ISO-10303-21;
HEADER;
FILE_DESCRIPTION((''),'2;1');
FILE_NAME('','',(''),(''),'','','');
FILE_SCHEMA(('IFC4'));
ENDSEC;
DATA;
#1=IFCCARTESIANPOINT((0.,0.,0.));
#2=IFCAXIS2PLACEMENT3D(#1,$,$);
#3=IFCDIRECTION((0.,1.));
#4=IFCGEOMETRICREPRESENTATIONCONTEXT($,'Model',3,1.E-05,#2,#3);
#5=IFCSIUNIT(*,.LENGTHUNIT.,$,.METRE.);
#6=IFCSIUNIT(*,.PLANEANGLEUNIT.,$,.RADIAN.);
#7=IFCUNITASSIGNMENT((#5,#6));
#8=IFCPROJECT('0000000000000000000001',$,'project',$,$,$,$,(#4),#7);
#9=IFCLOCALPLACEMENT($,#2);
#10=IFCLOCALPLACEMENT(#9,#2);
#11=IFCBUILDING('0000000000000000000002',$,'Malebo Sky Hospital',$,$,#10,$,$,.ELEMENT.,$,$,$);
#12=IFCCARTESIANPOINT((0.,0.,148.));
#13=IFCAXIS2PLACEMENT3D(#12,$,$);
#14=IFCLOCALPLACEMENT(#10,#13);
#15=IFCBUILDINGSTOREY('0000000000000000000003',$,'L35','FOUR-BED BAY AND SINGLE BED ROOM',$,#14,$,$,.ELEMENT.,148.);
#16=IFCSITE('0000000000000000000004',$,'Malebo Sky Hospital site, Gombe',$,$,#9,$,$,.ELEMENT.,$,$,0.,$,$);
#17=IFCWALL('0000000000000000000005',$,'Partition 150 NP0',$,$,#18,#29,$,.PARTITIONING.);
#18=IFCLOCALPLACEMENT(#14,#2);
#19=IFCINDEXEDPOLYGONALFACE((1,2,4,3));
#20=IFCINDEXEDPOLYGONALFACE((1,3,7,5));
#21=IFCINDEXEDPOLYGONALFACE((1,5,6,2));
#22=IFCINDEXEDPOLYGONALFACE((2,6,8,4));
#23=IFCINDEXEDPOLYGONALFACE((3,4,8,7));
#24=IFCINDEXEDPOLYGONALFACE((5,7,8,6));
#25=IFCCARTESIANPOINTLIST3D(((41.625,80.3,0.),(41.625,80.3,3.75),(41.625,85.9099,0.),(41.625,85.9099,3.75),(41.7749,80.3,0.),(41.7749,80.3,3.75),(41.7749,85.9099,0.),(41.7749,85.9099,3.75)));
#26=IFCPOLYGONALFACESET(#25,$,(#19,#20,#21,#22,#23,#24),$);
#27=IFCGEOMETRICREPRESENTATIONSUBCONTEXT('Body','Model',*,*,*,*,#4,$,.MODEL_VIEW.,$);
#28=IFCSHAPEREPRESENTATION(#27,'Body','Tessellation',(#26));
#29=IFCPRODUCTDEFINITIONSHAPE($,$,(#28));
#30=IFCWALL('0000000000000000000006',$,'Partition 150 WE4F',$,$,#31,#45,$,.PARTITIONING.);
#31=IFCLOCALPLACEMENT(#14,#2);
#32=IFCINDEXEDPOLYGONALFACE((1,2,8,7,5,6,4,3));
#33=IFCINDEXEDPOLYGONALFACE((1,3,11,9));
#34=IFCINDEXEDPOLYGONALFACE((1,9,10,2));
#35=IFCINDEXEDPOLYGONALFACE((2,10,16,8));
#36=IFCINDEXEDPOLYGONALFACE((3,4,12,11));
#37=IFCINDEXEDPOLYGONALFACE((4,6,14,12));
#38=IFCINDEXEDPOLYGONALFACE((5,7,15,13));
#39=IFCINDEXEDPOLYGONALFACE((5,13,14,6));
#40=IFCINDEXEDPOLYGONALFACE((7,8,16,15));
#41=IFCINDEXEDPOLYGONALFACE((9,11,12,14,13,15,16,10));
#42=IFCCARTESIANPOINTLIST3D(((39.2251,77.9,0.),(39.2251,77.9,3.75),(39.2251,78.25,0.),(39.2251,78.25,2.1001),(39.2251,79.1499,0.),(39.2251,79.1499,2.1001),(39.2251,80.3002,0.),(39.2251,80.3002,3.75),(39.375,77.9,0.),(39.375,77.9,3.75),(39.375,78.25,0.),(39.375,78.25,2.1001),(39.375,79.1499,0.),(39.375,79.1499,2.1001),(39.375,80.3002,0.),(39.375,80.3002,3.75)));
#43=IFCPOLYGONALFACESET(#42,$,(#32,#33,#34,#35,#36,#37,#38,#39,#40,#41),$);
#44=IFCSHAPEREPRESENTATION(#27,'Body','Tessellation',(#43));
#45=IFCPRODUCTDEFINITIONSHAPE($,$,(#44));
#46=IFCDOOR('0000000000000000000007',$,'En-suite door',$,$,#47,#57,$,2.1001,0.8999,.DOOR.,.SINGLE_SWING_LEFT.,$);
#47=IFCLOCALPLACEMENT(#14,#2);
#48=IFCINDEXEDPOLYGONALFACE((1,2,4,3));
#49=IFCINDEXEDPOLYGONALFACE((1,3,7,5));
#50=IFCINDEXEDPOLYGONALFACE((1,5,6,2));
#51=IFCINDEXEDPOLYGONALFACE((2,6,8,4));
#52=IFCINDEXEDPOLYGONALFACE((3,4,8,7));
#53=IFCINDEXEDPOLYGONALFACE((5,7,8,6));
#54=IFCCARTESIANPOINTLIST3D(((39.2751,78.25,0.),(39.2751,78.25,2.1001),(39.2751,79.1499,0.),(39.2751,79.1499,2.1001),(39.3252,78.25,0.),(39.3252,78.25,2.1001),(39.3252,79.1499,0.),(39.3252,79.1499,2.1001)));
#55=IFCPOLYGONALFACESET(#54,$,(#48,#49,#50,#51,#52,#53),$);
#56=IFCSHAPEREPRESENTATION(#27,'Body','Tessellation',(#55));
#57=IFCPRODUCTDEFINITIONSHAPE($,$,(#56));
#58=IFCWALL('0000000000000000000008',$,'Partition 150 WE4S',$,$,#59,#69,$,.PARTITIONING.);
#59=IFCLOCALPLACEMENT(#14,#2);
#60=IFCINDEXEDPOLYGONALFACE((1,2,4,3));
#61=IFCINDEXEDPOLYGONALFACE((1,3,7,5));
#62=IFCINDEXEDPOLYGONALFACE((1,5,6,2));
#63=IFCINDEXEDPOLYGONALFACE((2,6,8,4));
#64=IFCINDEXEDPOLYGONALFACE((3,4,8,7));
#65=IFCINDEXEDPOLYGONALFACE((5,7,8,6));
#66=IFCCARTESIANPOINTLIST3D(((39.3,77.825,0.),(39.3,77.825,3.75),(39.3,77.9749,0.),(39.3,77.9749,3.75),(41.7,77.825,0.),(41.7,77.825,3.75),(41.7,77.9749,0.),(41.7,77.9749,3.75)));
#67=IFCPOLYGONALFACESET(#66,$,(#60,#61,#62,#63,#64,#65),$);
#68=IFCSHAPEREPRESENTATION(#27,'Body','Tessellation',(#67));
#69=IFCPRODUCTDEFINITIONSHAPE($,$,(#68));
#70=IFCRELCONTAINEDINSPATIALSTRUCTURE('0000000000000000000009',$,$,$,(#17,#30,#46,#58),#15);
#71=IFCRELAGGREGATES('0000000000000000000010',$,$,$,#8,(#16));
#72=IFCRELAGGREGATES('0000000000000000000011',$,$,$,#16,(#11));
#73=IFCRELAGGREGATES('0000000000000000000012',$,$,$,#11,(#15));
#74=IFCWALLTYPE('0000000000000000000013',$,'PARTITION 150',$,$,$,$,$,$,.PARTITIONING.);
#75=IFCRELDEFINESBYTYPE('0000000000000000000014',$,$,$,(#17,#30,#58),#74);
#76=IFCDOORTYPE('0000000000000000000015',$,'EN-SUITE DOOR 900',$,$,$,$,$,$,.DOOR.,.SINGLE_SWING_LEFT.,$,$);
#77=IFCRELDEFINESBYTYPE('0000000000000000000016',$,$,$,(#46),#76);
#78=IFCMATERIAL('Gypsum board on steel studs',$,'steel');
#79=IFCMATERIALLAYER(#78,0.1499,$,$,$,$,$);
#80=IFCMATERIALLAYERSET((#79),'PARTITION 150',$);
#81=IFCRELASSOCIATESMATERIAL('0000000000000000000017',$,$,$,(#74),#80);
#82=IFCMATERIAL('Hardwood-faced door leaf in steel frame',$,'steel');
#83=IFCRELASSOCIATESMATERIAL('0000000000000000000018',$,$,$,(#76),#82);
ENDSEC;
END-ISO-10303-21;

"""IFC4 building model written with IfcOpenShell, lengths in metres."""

from ifc_helpers import new_model, si_unit, direction, frame, frame_2d, origin, place, context, subcontext, project, spatial, rectangle, extrude, material, layer, layer_set, type_object, element, fill, save


model = new_model("IFC4")

# Units and contexts
model_context = context("Model", 3, precision=1e-05, world=origin(), true_north=direction((0.0, 1.0)))
body_context = subcontext(model_context, "Body", "Model", "MODEL_VIEW")
ifc_project = project(units=[si_unit("LENGTHUNIT", "METRE"), si_unit("PLANEANGLEUNIT", "RADIAN")], contexts=[model_context])

# Site, building, storey
site_placement = place(None, origin())
site = spatial("IfcSite", under=ifc_project, at=site_placement, Name="Malebo Sky Hospital site, Gombe", CompositionType="ELEMENT", RefElevation=0.0)
building_placement = place(site_placement, origin())
building = spatial("IfcBuilding", under=site, at=building_placement, Name="Malebo Sky Hospital", CompositionType="ELEMENT")
storey_placement = place(building_placement, frame((0.0, 0.0, 148.0)))
storey = spatial("IfcBuildingStorey", under=building, at=storey_placement, Name="L35", Description="FOUR-BED BAY AND SINGLE BED ROOM", CompositionType="ELEMENT", Elevation=148.0)

# Shared definitions
ifc_material_1 = material(Name="Gypsum board on steel studs", Category="steel")
ifc_material_2 = material(Name="Hardwood-faced door leaf in steel frame", Category="steel")

# Wall
ifc_layer_1 = layer(ifc_material_1, 0.1499)
ifc_layer_set_1 = layer_set([ifc_layer_1], Name="PARTITION 150")
wall_type_1 = type_object("IfcWallType", Name="PARTITION 150", PredefinedType="PARTITIONING", material=ifc_layer_set_1)
wall_1_placement = place(storey_placement, frame((41.7, 80.3, 0.0), z_axis=(0.0, 0.0, 1.0), x_axis=(0.0, 1.0, 0.0)))
element("IfcWall", 1, at=wall_1_placement, inside=storey, type_object=wall_type_1, Name="Partition 150 NP0", PredefinedType="PARTITIONING", context=body_context, shape_type="SweptSolid", body=[
    extrude(rectangle(XDim=5.6099, YDim=0.1499, at=frame_2d((2.8049, 0.0))), origin(), (0.0, 0.0, 1.0), 3.75),
])

# Wall, opening, door
wall_2_placement = place(storey_placement, frame((39.3, 77.8999, 0.0), z_axis=(0.0, 0.0, 1.0), x_axis=(0.0, 1.0, 0.0)))
wall_2 = element("IfcWall", 2, at=wall_2_placement, inside=storey, type_object=wall_type_1, Name="Partition 150 WE4F", PredefinedType="PARTITIONING", context=body_context, shape_type="SweptSolid", body=[
    extrude(rectangle(XDim=2.4001, YDim=0.1499, at=frame_2d((1.2002, 0.0))), origin(), (0.0, 0.0, 1.0), 3.75),
])
opening_1_placement = place(wall_2_placement, frame((0.3501, 0.0, 0.0)))
opening_1 = element("IfcOpeningElement", 3, at=opening_1_placement, cuts=wall_2, PredefinedType="OPENING", context=body_context, shape_type="SweptSolid", body=[
    extrude(rectangle(XDim=0.8999, YDim=2.1001, at=frame_2d((0.45, 1.05))), frame((0.0, 0.085, 0.0), z_axis=(0.0, -1.0, 0.0), x_axis=(1.0, 0.0, 0.0)), (0.0, 0.0, 1.0), 0.1699),
])
door_type_1 = type_object("IfcDoorType", Name="EN-SUITE DOOR 900", OperationType="SINGLE_SWING_LEFT", PredefinedType="DOOR", material=ifc_material_2)
door_1_placement = place(opening_1_placement, origin())
door_1 = element("IfcDoor", 4, at=door_1_placement, inside=storey, type_object=door_type_1, Name="En-suite door", OperationType="SINGLE_SWING_LEFT", OverallHeight=2.1001, OverallWidth=0.8999, PredefinedType="DOOR", context=body_context, shape_type="SweptSolid", body=[
    extrude(rectangle(XDim=0.8999, YDim=2.1001, at=frame_2d((0.45, 1.05))), frame((0.0, 0.0249, 0.0), z_axis=(0.0, -1.0, 0.0), x_axis=(1.0, 0.0, 0.0)), (0.0, 0.0, 1.0), 0.05),
])
fill(opening_1, door_1)

# Wall
wall_3_placement = place(storey_placement, frame((41.7, 77.8999, 0.0), z_axis=(0.0, 0.0, 1.0), x_axis=(-1.0, 0.0, 0.0)))
element("IfcWall", 5, at=wall_3_placement, inside=storey, type_object=wall_type_1, Name="Partition 150 WE4S", PredefinedType="PARTITIONING", context=body_context, shape_type="SweptSolid", body=[
    extrude(rectangle(XDim=2.3999, YDim=0.1499, at=frame_2d((1.2, 0.0))), origin(), (0.0, 0.0, 1.0), 3.75),
])

save(model, "model.ifc")
